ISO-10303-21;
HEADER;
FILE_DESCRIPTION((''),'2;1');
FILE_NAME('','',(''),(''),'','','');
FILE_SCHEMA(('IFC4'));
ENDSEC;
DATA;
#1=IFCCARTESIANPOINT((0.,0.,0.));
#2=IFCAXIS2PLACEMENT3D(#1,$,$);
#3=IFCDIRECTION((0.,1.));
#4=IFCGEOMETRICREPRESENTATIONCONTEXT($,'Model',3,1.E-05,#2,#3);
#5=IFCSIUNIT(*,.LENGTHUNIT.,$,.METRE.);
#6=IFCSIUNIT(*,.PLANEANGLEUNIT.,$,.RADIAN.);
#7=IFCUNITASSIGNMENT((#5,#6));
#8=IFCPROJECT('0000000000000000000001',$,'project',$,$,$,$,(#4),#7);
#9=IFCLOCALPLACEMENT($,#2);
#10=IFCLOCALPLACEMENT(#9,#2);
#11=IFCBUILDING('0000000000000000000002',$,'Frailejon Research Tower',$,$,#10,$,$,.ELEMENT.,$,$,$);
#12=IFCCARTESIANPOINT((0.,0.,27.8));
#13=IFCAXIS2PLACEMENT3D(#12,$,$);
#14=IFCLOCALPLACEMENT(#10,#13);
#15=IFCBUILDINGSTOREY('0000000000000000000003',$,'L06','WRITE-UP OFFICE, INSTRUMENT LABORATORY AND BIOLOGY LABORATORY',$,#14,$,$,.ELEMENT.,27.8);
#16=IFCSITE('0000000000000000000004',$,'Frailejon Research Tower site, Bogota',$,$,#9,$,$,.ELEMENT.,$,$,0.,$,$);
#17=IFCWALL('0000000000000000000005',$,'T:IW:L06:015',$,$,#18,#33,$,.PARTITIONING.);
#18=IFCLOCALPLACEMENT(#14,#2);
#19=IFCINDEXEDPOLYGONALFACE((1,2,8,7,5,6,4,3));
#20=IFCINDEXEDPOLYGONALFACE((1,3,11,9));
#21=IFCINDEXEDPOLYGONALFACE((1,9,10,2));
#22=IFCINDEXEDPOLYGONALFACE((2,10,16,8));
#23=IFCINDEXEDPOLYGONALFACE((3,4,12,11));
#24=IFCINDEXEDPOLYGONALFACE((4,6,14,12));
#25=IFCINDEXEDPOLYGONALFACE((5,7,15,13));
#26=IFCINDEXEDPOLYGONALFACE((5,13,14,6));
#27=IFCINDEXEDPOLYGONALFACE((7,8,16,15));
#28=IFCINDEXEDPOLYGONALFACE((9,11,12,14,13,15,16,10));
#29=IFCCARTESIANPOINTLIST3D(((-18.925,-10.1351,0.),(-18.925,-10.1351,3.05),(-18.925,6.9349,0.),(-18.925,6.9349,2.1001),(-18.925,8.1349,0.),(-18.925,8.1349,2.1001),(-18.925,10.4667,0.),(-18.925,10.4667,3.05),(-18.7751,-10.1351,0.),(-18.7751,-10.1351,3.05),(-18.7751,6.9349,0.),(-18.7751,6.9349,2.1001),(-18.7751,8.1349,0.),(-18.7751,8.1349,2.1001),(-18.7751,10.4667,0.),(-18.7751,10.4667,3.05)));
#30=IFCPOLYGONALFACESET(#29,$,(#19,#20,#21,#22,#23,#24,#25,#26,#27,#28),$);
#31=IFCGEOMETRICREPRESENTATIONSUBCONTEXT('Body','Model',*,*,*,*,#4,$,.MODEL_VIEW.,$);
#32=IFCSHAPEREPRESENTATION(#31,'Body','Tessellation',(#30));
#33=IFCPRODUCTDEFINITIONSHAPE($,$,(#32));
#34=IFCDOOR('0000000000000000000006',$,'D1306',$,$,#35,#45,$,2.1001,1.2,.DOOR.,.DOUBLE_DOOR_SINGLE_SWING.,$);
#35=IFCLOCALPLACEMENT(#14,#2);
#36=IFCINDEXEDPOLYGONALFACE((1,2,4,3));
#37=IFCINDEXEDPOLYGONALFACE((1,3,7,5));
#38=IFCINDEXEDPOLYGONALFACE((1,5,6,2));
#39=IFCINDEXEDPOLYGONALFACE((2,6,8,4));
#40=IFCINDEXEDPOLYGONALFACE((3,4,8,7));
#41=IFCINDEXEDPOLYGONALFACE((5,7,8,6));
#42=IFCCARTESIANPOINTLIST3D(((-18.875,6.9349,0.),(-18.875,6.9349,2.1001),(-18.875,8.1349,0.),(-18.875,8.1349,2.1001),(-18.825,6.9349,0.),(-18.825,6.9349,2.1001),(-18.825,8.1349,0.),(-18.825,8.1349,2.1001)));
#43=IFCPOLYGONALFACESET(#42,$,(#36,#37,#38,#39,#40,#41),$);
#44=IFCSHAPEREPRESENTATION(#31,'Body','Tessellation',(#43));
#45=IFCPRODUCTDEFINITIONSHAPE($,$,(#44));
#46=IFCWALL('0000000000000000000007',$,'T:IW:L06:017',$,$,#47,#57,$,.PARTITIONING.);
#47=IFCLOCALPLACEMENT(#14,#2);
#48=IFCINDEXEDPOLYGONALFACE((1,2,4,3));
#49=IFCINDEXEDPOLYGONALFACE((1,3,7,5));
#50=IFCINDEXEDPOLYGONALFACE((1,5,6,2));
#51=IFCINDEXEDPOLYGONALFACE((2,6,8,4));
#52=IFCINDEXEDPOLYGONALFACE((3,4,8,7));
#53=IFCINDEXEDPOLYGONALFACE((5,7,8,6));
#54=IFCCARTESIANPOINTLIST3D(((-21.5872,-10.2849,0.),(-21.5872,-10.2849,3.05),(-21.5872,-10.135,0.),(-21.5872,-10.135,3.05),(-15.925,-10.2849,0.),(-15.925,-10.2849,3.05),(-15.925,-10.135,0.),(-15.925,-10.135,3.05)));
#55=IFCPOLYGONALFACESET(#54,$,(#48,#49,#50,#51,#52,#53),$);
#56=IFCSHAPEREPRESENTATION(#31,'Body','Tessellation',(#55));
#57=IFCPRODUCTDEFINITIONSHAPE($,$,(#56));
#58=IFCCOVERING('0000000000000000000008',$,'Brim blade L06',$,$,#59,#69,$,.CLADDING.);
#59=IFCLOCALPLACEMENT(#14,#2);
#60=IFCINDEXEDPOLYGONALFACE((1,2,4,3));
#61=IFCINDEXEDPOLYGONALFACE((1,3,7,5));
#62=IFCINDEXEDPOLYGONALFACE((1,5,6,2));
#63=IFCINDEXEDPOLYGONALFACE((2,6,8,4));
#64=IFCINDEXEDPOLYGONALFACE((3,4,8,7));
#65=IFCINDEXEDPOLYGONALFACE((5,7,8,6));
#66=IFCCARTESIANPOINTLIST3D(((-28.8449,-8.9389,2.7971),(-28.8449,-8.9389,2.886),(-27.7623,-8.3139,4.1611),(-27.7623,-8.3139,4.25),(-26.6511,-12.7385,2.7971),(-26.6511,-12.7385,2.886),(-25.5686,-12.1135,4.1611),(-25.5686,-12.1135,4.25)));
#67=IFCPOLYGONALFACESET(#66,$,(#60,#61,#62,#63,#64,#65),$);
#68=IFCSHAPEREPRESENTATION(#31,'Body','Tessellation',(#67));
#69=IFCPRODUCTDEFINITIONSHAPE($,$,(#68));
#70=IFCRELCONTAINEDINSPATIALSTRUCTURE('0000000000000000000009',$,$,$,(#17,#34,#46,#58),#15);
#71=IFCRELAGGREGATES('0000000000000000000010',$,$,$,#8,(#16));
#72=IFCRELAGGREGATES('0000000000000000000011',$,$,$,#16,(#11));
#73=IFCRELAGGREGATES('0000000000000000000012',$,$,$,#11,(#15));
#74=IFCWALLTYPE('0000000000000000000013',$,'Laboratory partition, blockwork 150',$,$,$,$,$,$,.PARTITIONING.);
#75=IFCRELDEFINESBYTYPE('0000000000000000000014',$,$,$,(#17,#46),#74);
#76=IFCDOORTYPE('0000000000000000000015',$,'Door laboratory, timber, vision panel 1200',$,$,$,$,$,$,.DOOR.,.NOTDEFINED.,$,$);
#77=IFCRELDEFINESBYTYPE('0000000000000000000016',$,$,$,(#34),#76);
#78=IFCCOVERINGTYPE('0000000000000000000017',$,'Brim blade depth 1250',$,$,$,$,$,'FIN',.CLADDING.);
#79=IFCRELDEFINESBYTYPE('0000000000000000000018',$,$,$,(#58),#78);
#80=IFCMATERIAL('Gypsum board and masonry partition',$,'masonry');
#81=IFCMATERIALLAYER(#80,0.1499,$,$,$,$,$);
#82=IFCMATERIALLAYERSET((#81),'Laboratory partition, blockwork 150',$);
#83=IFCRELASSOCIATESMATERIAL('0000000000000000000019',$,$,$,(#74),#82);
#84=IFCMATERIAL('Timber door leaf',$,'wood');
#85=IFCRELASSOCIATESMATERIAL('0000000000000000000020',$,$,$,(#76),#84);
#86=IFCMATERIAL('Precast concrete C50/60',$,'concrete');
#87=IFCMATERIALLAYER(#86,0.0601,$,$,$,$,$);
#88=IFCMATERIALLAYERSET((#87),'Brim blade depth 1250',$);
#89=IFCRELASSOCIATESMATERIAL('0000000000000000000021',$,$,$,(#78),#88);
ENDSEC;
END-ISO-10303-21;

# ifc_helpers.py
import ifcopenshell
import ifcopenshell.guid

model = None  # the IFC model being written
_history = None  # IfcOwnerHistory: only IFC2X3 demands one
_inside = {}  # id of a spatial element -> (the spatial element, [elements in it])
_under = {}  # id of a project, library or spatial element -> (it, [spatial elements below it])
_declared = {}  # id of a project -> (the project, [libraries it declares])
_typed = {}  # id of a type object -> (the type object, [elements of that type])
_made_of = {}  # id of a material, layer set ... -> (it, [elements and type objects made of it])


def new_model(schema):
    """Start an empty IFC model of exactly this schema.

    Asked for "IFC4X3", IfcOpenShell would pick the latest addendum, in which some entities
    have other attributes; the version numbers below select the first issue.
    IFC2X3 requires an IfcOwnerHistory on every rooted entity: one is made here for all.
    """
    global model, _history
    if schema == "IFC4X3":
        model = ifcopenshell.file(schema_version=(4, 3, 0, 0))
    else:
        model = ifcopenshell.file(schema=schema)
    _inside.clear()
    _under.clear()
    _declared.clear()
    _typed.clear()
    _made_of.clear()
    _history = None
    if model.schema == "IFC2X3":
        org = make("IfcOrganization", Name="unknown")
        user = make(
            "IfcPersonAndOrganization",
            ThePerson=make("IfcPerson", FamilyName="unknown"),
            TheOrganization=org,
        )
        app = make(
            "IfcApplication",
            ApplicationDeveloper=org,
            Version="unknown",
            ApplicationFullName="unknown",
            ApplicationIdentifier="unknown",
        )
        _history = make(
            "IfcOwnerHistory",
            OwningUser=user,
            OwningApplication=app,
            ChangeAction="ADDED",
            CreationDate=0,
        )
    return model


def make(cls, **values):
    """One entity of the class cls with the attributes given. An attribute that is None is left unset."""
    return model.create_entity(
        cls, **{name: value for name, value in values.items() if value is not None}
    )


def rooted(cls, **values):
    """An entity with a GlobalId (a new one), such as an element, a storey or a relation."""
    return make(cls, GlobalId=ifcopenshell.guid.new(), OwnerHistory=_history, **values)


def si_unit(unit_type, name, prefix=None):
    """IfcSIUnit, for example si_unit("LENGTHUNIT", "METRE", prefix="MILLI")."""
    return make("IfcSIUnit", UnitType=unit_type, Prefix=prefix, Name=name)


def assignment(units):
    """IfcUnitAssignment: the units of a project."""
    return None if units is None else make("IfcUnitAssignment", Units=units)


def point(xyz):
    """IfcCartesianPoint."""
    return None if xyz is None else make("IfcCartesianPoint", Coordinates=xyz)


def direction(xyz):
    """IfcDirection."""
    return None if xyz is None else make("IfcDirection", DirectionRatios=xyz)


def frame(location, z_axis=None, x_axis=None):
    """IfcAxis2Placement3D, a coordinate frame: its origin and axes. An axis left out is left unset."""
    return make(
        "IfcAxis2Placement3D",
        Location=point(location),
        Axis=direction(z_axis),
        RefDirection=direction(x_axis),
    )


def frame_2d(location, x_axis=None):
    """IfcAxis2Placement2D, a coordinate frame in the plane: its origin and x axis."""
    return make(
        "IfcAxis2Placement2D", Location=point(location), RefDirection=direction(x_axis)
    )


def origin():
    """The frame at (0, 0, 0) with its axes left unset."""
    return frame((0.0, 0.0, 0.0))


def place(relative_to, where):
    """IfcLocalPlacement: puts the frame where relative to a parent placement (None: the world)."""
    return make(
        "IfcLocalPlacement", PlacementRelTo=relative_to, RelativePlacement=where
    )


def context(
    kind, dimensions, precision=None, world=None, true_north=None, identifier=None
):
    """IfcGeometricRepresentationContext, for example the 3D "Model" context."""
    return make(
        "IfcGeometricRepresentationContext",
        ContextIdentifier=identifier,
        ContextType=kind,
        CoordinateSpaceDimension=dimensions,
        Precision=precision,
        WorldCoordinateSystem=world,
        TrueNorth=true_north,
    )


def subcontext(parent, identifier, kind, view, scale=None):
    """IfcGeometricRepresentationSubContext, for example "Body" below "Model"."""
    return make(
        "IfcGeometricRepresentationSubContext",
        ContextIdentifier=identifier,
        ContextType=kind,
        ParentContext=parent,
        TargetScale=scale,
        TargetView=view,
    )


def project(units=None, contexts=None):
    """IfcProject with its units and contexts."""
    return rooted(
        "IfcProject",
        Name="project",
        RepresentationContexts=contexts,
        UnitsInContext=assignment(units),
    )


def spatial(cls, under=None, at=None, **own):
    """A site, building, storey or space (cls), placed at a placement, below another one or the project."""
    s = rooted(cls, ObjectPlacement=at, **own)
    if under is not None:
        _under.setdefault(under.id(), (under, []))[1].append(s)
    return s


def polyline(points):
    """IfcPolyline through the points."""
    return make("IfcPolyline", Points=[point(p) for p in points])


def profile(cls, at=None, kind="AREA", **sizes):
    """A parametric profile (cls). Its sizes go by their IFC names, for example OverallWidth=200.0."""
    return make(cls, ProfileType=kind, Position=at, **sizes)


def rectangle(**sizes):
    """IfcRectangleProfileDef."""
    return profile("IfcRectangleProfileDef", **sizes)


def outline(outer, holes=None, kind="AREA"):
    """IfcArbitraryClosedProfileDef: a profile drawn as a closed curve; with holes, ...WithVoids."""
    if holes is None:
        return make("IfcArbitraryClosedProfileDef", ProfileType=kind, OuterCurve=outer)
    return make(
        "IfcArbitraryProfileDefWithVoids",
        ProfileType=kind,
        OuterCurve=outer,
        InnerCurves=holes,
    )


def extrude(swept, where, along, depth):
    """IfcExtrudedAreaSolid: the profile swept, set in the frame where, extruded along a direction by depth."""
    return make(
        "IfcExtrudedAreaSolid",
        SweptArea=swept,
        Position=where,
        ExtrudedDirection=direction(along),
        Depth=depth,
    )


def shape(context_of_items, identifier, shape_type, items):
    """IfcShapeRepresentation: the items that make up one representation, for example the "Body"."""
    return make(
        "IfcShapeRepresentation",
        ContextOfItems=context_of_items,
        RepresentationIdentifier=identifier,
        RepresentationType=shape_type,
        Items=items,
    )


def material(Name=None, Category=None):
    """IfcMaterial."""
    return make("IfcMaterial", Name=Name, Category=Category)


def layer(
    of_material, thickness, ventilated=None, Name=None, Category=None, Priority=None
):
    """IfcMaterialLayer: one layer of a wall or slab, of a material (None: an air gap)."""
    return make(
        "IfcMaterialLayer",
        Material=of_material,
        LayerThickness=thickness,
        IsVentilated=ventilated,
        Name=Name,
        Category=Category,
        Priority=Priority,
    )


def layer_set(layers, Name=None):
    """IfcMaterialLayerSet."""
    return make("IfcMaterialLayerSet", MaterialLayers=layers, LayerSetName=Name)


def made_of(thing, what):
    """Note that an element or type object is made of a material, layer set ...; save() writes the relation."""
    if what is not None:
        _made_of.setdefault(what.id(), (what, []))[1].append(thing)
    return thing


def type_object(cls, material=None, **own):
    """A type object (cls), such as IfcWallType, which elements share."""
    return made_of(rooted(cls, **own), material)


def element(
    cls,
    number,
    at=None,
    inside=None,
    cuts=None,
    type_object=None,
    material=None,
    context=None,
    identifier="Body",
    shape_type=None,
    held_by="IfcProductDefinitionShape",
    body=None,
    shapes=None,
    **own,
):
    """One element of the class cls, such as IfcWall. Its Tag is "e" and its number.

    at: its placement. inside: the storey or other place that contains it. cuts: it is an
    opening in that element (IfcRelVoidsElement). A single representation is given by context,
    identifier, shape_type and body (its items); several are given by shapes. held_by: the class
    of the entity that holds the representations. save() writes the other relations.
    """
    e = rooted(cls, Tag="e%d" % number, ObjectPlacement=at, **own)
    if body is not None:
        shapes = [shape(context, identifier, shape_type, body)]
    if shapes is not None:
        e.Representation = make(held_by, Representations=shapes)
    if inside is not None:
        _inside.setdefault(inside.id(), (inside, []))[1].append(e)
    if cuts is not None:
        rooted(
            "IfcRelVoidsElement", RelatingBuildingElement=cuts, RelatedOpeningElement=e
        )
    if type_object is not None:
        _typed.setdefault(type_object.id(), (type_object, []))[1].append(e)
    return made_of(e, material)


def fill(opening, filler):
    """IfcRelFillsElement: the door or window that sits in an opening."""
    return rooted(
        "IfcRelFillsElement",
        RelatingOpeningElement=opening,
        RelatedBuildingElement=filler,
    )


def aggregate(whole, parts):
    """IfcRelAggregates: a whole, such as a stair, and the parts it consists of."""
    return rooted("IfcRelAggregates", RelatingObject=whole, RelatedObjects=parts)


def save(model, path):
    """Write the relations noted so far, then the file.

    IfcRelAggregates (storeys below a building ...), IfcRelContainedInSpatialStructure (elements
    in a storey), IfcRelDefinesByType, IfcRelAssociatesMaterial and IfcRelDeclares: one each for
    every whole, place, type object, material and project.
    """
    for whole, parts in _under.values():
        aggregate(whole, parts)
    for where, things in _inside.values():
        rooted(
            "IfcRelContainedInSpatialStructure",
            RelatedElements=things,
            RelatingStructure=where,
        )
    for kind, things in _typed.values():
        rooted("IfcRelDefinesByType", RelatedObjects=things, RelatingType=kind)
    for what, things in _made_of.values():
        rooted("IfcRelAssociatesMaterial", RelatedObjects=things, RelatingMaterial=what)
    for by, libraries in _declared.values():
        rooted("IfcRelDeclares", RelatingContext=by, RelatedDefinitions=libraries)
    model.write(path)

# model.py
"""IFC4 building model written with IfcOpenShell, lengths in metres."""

from ifc_helpers import new_model, si_unit, direction, frame, frame_2d, origin, place, context, subcontext, project, spatial, polyline, rectangle, outline, extrude, material, layer, layer_set, type_object, element, fill, save


model = new_model("IFC4")

# Units and contexts
model_context = context("Model", 3, precision=1e-05, world=origin(), true_north=direction((0.0, 1.0)))
body_context = subcontext(model_context, "Body", "Model", "MODEL_VIEW")
ifc_project = project(units=[si_unit("LENGTHUNIT", "METRE"), si_unit("PLANEANGLEUNIT", "RADIAN")], contexts=[model_context])

# Site, building, storey
site_placement = place(None, origin())
site = spatial("IfcSite", under=ifc_project, at=site_placement, Name="Frailejon Research Tower site, Bogota", CompositionType="ELEMENT", RefElevation=0.0)
building_placement = place(site_placement, origin())
building = spatial("IfcBuilding", under=site, at=building_placement, Name="Frailejon Research Tower", CompositionType="ELEMENT")
storey_placement = place(building_placement, frame((0.0, 0.0, 27.8)))
storey = spatial("IfcBuildingStorey", under=building, at=storey_placement, Name="L06", Description="WRITE-UP OFFICE, INSTRUMENT LABORATORY AND BIOLOGY LABORATORY", CompositionType="ELEMENT", Elevation=27.8)

# Wall, opening, door
ifc_material_1 = material(Name="Gypsum board and masonry partition", Category="masonry")
ifc_layer_1 = layer(ifc_material_1, 0.1499)
ifc_layer_set_1 = layer_set([ifc_layer_1], Name="Laboratory partition, blockwork 150")
wall_type_1 = type_object("IfcWallType", Name="Laboratory partition, blockwork 150", PredefinedType="PARTITIONING", material=ifc_layer_set_1)
wall_1_placement = place(storey_placement, frame((-18.8501, -10.135, 0.0), z_axis=(0.0, 0.0, 1.0), x_axis=(0.0, 1.0, 0.0)))
wall_1 = element("IfcWall", 1, at=wall_1_placement, inside=storey, type_object=wall_type_1, Name="T:IW:L06:015", PredefinedType="PARTITIONING", context=body_context, shape_type="SweptSolid", body=[
    extrude(rectangle(XDim=20.6018, YDim=0.1499, at=frame_2d((10.3008, 0.0))), origin(), (0.0, 0.0, 1.0), 3.05),
])
opening_1_placement = place(wall_1_placement, frame((17.0698, 0.0, 0.0)))
opening_1 = element("IfcOpeningElement", 2, at=opening_1_placement, cuts=wall_1, PredefinedType="OPENING", context=body_context, shape_type="SweptSolid", body=[
    extrude(rectangle(XDim=1.2, YDim=2.1001, at=frame_2d((0.6001, 1.05))), frame((0.0, 0.085, 0.0), z_axis=(0.0, -1.0, 0.0), x_axis=(1.0, 0.0, 0.0)), (0.0, 0.0, 1.0), 0.1699),
])
ifc_material_2 = material(Name="Timber door leaf", Category="wood")
door_type_1 = type_object("IfcDoorType", Name="Door laboratory, timber, vision panel 1200", OperationType="NOTDEFINED", PredefinedType="DOOR", material=ifc_material_2)
door_1_placement = place(opening_1_placement, origin())
door_1 = element("IfcDoor", 3, at=door_1_placement, inside=storey, type_object=door_type_1, Name="D1306", OperationType="DOUBLE_DOOR_SINGLE_SWING", OverallHeight=2.1001, OverallWidth=1.2, PredefinedType="DOOR", context=body_context, shape_type="SweptSolid", body=[
    extrude(rectangle(XDim=1.2, YDim=2.1001, at=frame_2d((0.6001, 1.05))), frame((0.0, 0.0249, 0.0), z_axis=(0.0, -1.0, 0.0), x_axis=(1.0, 0.0, 0.0)), (0.0, 0.0, 1.0), 0.05),
])
fill(opening_1, door_1)

# Wall
wall_2_placement = place(storey_placement, frame((-21.5872, -10.21, 0.0), z_axis=(0.0, 0.0, 1.0), x_axis=(1.0, 0.0, 0.0)))
element("IfcWall", 4, at=wall_2_placement, inside=storey, type_object=wall_type_1, Name="T:IW:L06:017", PredefinedType="PARTITIONING", context=body_context, shape_type="SweptSolid", body=[
    extrude(rectangle(XDim=5.6621, YDim=0.1499, at=frame_2d((2.8311, 0.0))), origin(), (0.0, 0.0, 1.0), 3.05),
])

# Covering
ifc_material_3 = material(Name="Precast concrete C50/60", Category="concrete")
ifc_layer_2 = layer(ifc_material_3, 0.0601)
ifc_layer_set_2 = layer_set([ifc_layer_2], Name="Brim blade depth 1250")
covering_type = type_object("IfcCoveringType", Name="Brim blade depth 1250", ElementType="FIN", PredefinedType="CLADDING", material=ifc_layer_set_2)
covering_placement = place(storey_placement, frame((-25.5686, -12.1135, 4.25), z_axis=(-0.5, 0.866025, 0.0), x_axis=(-0.866025, -0.5, 0.0)))
element("IfcCovering", 5, at=covering_placement, inside=storey, type_object=covering_type, Name="Brim blade L06", PredefinedType="CLADDING", context=body_context, shape_type="SweptSolid", body=[
    extrude(outline(polyline([(0.0, -0.0889), (1.25, -1.4529), (1.25, -1.364), (0.0, 0.0), (0.0, -0.0889)])), origin(), (0.0, 0.0, 1.0), 4.3875),
])

save(model, "model.ifc")
